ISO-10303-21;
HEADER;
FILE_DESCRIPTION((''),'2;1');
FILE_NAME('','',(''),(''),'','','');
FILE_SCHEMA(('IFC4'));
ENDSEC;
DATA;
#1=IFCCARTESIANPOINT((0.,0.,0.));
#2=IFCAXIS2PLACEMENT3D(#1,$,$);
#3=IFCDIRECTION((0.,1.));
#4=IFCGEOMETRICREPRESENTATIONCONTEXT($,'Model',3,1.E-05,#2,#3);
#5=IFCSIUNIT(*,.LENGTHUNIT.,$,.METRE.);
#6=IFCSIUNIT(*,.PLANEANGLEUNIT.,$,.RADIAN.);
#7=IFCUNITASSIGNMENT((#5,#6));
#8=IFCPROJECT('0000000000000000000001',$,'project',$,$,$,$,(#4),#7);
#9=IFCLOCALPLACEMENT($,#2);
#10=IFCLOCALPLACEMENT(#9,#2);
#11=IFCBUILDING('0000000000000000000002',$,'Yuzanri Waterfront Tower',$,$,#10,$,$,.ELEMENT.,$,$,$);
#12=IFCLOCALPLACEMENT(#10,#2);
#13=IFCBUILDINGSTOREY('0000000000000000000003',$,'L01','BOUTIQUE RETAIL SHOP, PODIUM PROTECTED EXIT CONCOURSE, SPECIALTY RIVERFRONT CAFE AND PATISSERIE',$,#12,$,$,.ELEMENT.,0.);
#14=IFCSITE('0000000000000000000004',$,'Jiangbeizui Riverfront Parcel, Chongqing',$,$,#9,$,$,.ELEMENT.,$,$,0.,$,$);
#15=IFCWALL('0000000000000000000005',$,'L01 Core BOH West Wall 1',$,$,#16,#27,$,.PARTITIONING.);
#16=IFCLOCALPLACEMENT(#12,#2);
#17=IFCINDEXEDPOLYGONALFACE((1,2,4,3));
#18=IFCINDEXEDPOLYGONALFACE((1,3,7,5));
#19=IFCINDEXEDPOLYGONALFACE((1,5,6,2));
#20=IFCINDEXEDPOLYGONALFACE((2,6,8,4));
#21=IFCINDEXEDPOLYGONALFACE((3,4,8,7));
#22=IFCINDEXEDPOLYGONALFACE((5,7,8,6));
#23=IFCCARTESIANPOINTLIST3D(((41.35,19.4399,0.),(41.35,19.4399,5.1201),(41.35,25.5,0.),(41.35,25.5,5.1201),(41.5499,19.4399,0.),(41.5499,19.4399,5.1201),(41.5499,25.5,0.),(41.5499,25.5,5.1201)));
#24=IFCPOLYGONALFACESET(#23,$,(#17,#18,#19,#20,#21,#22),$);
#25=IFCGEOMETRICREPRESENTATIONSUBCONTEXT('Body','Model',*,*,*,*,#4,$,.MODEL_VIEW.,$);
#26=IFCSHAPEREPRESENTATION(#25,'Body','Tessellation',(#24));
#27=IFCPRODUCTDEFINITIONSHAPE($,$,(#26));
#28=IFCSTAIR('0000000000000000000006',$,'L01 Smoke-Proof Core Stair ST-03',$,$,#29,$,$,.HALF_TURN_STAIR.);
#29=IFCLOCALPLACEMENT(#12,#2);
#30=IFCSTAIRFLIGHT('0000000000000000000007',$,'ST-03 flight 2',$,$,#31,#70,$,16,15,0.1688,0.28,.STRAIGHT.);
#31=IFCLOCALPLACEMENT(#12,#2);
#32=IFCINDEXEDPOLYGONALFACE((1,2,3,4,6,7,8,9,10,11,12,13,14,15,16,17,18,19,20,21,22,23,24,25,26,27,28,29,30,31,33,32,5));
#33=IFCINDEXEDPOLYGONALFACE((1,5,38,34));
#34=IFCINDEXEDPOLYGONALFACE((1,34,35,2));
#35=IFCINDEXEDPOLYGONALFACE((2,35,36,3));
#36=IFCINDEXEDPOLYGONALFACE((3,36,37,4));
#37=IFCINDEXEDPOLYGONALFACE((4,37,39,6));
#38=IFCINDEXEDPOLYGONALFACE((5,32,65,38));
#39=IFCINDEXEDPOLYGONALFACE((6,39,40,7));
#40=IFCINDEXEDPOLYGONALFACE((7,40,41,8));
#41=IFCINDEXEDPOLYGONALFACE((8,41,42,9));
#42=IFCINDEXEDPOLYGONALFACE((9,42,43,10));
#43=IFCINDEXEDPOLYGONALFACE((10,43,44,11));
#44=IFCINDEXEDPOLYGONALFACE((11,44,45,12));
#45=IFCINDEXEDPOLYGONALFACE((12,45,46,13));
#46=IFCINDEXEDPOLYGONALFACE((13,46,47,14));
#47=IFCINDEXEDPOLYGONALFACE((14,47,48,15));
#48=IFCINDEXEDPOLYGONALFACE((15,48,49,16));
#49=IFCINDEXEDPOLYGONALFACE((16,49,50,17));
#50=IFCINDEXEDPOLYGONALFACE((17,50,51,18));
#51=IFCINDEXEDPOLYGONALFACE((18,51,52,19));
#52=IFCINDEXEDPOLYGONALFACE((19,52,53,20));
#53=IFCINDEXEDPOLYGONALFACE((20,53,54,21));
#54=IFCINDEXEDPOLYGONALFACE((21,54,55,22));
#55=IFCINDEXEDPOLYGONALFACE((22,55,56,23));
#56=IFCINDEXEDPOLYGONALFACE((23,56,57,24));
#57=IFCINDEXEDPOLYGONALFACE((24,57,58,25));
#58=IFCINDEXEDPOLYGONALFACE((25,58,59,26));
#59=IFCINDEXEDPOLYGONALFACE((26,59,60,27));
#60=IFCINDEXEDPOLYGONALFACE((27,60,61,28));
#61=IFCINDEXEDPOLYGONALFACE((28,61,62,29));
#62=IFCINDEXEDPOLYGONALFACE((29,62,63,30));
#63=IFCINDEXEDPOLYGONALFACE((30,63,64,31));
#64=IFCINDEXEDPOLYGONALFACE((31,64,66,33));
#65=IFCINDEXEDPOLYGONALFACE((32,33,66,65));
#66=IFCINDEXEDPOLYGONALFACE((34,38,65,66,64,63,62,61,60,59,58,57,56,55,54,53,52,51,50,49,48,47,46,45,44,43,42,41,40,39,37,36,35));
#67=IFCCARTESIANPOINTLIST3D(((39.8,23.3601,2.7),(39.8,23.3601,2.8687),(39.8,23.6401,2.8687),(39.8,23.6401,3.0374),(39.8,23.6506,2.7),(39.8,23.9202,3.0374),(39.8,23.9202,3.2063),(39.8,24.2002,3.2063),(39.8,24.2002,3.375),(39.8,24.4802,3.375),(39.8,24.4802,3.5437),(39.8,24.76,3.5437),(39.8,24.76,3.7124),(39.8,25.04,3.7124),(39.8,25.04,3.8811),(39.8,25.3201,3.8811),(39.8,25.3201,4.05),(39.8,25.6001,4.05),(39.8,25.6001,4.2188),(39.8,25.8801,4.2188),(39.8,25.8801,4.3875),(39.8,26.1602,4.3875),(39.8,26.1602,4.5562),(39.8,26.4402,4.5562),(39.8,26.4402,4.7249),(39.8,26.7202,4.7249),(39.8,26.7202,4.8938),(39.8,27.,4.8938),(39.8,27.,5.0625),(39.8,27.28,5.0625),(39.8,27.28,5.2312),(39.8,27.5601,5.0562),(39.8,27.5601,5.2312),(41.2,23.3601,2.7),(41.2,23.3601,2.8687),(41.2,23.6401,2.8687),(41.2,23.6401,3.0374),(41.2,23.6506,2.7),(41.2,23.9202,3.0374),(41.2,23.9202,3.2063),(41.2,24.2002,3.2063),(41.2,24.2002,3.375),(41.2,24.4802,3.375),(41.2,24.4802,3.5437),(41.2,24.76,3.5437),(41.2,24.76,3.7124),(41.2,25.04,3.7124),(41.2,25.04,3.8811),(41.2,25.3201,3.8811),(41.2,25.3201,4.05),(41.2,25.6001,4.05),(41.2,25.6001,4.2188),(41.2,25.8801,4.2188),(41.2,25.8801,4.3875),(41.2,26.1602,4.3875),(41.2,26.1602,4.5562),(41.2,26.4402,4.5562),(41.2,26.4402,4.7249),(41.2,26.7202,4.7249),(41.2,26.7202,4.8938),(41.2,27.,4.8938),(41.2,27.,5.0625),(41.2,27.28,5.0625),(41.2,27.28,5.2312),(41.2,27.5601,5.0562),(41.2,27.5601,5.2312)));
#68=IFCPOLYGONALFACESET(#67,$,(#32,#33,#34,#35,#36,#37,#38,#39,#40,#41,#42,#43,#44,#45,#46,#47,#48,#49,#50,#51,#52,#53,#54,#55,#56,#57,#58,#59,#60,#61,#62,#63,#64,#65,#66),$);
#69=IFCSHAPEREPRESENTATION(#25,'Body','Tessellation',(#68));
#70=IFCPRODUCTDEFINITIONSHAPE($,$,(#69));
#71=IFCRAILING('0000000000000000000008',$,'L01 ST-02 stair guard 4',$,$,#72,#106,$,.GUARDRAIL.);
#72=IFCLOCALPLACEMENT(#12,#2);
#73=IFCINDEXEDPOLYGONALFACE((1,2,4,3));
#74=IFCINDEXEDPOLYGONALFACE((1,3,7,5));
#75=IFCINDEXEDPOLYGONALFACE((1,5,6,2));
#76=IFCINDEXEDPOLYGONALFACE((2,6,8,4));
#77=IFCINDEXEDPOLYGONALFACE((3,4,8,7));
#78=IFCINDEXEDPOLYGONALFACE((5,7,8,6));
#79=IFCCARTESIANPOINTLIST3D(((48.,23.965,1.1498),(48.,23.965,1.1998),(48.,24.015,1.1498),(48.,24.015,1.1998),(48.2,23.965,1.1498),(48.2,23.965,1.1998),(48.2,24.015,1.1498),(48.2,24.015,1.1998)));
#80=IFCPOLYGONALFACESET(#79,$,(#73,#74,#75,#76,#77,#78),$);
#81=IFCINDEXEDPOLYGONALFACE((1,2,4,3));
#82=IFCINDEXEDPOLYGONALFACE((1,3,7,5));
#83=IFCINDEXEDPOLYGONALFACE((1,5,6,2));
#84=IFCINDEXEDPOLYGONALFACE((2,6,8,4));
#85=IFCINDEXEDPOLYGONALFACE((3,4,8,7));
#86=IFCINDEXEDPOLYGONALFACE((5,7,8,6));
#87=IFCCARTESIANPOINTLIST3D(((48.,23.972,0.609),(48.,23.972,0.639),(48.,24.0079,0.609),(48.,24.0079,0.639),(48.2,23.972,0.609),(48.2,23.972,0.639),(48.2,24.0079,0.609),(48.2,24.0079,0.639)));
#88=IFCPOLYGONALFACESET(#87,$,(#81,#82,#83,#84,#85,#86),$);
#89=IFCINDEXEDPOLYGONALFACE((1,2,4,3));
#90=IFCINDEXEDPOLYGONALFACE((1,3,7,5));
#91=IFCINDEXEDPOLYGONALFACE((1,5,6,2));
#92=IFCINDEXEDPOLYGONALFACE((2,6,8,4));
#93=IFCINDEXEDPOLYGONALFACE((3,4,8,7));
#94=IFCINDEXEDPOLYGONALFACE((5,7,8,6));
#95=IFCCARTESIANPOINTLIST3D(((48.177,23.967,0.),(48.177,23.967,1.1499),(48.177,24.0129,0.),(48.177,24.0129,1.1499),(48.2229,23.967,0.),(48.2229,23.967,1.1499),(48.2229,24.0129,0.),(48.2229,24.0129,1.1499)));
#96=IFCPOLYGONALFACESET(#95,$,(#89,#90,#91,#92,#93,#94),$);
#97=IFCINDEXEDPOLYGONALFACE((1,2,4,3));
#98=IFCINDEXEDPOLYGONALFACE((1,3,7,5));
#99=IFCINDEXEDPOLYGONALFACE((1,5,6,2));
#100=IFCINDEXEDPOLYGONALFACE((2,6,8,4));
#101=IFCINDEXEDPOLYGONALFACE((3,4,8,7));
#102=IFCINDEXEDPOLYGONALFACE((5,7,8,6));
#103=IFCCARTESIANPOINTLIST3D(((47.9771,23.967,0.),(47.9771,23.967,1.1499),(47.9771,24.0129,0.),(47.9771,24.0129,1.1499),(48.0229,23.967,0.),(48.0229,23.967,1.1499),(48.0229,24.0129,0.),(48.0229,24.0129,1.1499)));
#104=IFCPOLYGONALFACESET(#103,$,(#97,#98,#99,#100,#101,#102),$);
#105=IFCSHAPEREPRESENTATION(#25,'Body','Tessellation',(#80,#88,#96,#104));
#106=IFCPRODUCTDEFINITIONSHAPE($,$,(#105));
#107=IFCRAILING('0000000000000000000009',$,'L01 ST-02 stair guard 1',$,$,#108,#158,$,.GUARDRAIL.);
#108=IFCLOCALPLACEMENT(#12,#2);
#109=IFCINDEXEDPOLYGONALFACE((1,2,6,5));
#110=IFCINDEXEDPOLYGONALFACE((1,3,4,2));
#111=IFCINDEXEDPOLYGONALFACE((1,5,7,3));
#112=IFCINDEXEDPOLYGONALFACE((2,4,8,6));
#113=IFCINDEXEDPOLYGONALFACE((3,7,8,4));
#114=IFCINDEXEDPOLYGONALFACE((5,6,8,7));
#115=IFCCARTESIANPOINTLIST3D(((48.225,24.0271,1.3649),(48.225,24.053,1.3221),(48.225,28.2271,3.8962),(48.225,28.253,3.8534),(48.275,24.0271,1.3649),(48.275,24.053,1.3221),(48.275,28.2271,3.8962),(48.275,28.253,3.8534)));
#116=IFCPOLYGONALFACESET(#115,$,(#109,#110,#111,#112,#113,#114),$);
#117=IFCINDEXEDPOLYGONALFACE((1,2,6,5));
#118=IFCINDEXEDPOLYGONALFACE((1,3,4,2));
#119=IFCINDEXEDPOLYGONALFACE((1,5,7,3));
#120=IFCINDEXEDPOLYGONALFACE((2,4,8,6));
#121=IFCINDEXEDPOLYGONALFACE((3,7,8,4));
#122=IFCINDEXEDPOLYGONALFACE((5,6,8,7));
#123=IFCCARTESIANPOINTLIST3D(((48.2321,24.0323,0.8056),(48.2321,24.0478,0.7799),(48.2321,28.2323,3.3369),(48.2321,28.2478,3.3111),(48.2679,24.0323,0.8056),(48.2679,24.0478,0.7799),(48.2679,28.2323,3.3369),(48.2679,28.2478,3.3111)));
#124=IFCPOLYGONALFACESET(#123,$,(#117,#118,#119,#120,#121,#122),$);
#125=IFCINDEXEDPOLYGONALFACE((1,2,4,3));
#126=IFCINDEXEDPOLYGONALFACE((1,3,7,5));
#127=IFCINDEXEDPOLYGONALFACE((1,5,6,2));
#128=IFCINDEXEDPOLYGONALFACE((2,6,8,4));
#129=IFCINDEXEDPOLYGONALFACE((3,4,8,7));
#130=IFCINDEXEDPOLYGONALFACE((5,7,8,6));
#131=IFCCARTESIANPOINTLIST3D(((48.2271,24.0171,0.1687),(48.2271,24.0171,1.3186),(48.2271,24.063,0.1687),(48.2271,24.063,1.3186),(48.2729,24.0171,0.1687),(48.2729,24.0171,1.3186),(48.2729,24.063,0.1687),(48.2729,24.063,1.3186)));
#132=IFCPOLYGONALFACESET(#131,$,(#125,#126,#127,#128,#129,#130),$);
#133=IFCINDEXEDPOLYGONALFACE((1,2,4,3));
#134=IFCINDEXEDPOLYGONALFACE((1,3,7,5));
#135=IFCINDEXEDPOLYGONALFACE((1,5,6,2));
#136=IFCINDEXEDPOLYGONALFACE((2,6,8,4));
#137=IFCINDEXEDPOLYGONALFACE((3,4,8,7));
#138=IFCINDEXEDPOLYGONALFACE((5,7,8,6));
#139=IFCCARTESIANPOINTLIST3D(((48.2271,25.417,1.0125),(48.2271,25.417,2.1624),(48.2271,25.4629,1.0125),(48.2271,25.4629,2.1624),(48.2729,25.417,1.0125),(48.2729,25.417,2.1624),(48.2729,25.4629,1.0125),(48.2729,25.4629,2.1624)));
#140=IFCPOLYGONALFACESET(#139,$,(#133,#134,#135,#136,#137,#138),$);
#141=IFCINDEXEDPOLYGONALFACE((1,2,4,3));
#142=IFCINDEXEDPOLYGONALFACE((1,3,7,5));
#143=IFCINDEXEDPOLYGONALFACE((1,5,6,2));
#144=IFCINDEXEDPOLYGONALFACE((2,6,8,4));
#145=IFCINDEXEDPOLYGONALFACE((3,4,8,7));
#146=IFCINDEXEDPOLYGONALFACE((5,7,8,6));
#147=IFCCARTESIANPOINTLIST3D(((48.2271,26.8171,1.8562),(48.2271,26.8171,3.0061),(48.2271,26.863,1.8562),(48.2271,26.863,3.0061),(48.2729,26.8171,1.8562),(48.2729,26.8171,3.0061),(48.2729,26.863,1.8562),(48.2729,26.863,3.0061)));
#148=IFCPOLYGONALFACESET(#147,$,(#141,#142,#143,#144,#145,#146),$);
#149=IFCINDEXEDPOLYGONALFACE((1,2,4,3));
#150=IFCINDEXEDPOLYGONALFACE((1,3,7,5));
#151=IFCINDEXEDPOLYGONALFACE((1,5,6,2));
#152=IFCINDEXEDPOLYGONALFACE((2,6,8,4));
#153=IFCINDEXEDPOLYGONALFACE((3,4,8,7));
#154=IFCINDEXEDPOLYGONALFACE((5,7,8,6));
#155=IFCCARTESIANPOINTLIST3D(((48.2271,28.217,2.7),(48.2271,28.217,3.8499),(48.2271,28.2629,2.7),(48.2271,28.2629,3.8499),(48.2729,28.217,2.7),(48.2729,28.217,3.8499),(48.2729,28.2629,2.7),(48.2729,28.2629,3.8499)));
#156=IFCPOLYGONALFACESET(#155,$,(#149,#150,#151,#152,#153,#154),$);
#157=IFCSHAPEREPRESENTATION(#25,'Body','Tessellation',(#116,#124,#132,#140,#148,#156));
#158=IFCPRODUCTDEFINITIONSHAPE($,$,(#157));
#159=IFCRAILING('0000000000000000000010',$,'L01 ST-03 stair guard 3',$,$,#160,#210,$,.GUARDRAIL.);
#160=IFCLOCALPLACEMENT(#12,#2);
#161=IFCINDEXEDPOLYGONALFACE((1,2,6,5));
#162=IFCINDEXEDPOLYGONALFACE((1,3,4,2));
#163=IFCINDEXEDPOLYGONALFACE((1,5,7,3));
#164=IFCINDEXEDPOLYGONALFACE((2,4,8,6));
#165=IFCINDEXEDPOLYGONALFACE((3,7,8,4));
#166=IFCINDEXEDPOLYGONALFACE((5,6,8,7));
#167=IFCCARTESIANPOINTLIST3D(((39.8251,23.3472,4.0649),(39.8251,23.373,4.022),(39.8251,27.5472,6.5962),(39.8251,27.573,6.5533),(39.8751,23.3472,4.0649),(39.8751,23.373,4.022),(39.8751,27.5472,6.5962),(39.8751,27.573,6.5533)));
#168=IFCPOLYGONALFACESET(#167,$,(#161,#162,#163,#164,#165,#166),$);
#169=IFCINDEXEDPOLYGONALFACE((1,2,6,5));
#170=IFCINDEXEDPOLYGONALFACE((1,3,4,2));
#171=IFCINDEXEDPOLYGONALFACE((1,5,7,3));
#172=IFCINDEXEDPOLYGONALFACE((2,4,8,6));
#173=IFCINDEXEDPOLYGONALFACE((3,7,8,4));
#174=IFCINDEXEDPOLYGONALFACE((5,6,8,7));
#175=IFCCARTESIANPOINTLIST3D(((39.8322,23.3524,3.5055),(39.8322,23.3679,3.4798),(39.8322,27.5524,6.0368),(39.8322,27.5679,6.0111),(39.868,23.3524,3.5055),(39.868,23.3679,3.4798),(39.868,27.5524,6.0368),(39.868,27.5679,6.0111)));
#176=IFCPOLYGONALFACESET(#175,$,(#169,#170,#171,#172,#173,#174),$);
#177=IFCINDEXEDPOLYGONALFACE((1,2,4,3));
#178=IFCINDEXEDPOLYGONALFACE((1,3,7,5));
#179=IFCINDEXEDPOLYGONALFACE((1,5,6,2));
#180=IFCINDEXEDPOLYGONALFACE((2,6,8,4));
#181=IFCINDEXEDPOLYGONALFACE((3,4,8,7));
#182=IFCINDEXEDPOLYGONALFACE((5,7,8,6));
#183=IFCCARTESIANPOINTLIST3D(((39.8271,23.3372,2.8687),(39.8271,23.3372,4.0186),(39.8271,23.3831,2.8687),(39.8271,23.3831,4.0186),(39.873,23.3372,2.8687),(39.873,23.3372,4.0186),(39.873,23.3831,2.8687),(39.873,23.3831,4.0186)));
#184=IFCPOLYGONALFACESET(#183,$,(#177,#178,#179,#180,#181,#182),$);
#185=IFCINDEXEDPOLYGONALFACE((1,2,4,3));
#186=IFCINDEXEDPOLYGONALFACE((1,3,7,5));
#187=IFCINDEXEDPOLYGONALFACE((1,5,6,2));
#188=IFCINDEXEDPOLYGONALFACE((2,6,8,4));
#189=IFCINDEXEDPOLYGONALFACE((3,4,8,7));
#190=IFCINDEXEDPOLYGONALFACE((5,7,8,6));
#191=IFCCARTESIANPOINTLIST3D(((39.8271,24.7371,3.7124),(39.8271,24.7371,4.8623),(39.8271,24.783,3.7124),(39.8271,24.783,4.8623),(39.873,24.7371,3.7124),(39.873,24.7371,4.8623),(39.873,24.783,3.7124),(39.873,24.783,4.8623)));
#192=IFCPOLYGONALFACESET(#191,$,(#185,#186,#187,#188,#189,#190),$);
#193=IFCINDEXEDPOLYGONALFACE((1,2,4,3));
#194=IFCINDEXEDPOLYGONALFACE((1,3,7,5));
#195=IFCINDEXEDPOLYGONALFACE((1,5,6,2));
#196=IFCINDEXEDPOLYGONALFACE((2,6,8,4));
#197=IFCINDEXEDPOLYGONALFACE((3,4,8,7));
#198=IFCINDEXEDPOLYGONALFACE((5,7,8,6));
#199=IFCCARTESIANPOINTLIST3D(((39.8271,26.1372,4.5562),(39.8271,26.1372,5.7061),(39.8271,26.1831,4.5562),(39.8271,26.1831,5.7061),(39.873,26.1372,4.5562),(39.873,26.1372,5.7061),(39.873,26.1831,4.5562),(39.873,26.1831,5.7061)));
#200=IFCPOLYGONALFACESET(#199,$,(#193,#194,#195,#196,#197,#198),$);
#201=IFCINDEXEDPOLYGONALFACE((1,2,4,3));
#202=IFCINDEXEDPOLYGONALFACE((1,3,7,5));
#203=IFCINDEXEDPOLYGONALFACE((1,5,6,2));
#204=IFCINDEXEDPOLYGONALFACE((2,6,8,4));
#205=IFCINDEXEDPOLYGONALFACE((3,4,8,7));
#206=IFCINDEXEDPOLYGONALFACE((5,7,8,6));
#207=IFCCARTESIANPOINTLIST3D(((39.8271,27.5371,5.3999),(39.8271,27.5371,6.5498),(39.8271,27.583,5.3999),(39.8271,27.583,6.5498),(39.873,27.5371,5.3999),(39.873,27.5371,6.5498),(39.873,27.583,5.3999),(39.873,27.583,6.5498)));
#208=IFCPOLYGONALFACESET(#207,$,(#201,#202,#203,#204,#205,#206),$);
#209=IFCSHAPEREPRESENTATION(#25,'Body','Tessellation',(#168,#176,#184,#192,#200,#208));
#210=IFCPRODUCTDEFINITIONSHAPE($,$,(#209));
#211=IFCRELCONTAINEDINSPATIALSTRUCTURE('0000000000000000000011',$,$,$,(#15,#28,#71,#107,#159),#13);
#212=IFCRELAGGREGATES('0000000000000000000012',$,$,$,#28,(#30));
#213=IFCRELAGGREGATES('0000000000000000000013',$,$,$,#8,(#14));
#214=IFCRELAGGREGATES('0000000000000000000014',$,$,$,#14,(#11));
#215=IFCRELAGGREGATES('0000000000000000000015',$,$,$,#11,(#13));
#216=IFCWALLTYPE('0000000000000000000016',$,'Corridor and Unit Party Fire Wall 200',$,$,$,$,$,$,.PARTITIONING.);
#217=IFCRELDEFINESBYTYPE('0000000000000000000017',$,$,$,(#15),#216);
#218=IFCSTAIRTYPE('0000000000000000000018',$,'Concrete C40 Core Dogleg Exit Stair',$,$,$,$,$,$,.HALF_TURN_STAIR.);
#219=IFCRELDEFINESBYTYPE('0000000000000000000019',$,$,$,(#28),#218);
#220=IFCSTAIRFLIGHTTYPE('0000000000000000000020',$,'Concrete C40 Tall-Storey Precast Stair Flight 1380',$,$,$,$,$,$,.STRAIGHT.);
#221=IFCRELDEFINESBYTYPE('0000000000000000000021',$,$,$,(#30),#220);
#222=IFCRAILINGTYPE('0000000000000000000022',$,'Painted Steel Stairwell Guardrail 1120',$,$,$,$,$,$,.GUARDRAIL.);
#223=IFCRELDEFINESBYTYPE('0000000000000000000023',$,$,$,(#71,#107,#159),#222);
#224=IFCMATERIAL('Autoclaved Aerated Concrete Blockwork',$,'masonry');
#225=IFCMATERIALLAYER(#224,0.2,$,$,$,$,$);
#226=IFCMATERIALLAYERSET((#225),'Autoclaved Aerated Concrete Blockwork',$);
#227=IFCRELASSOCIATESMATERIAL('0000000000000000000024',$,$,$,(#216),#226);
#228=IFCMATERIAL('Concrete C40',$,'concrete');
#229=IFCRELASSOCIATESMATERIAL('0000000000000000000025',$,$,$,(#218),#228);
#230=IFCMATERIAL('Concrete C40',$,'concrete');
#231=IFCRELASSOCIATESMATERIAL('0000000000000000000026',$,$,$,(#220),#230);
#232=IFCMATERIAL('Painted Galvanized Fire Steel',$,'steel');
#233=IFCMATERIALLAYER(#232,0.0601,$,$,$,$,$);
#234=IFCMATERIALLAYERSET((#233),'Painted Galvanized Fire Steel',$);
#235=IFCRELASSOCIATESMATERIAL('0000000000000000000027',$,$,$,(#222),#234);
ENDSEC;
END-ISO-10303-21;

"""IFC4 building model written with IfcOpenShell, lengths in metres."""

from ifc_helpers import new_model, si_unit, direction, frame, frame_2d, origin, origin_2d, place, context, subcontext, project, spatial, polyline, rectangle, outline, extrude, source, transform, mapped, material, layer, layer_set, type_object, element, aggregate, save


model = new_model("IFC4")

# Units and contexts
model_context = context("Model", 3, precision=1e-05, world=origin(), true_north=direction((0.0, 1.0)))
body_context = subcontext(model_context, "Body", "Model", "MODEL_VIEW")
ifc_project = project(units=[si_unit("LENGTHUNIT", "METRE"), si_unit("PLANEANGLEUNIT", "RADIAN")], contexts=[model_context])

# Site, building, storey
site_placement = place(None, origin())
site = spatial("IfcSite", under=ifc_project, at=site_placement, Name="Jiangbeizui Riverfront Parcel, Chongqing", CompositionType="ELEMENT", RefElevation=0.0)
building_placement = place(site_placement, origin())
building = spatial("IfcBuilding", under=site, at=building_placement, Name="Yuzanri Waterfront Tower", CompositionType="ELEMENT")
storey_placement = place(building_placement, origin())
storey = spatial("IfcBuildingStorey", under=building, at=storey_placement, Name="L01", Description="BOUTIQUE RETAIL SHOP, PODIUM PROTECTED EXIT CONCOURSE, SPECIALTY RIVERFRONT CAFE AND PATISSERIE", CompositionType="ELEMENT", Elevation=0.0)

# Wall
ifc_material_1 = material(Name="Autoclaved Aerated Concrete Blockwork", Category="masonry")
ifc_layer_1 = layer(ifc_material_1, 0.2)
ifc_layer_set_1 = layer_set([ifc_layer_1], Name="Autoclaved Aerated Concrete Blockwork")
wall_type_1 = type_object("IfcWallType", Name="Corridor and Unit Party Fire Wall 200", PredefinedType="PARTITIONING", material=ifc_layer_set_1)
shared_shape_1 = source(origin(), body_context, "Body", "SweptSolid", [
    extrude(rectangle(XDim=6.0601, YDim=0.2, at=frame_2d((3.03, 0.0))), origin(), (0.0, 0.0, 1.0), 5.1201),
])
wall_1_placement = place(storey_placement, frame((41.45, 19.4399, 0.0), z_axis=(0.0, 0.0, 1.0), x_axis=(0.0, 1.0, 0.0)))
element("IfcWall", 1, at=wall_1_placement, inside=storey, type_object=wall_type_1, Name="L01 Core BOH West Wall 1", PredefinedType="PARTITIONING", context=body_context, shape_type="MappedRepresentation", body=[
    mapped(shared_shape_1, transform((0.0, 0.0, 0.0), scale=1.0)),
])

# Stair, stair flight
ifc_material_2 = material(Name="Concrete C40", Category="concrete")
stair_type = type_object("IfcStairType", Name="Concrete C40 Core Dogleg Exit Stair", PredefinedType="HALF_TURN_STAIR", material=ifc_material_2)
stair_placement = place(storey_placement, origin())
stair = element("IfcStair", 2, at=stair_placement, inside=storey, type_object=stair_type, Name="L01 Smoke-Proof Core Stair ST-03", PredefinedType="HALF_TURN_STAIR")
ifc_material_3 = material(Name="Concrete C40", Category="concrete")
stair_flight_type = type_object("IfcStairFlightType", Name="Concrete C40 Tall-Storey Precast Stair Flight 1380", PredefinedType="STRAIGHT", material=ifc_material_3)
shared_shape_2 = source(origin(), body_context, "Body", "SweptSolid", [
    extrude(outline(polyline([(0.0, 0.0), (0.0, 0.1687), (0.28, 0.1687), (0.28, 0.3374), (0.5601, 0.3374), (0.5601, 0.5063), (0.8401, 0.5063), (0.8401, 0.675), (1.1201, 0.675), (1.1201, 0.8438), (1.3999, 0.8438), (1.3999, 1.0125), (1.6799, 1.0125), (1.6799, 1.1812), (1.96, 1.1812), (1.96, 1.3501), (2.24, 1.3501), (2.24, 1.5188), (2.52, 1.5188), (2.52, 1.6875), (2.8, 1.6875), (2.8, 1.8562), (3.0801, 1.8562), (3.0801, 2.0249), (3.3601, 2.0249), (3.3601, 2.1938), (3.6399, 2.1938), (3.6399, 2.3625), (3.9199, 2.3625), (3.9199, 2.5312), (4.2, 2.5312), (4.2, 2.7), (4.2, 2.3562), (0.2905, 0.0), (0.0, 0.0)])), frame((0.0, 0.7, 0.0), z_axis=(0.0, -1.0, 0.0), x_axis=(1.0, 0.0, 0.0)), (0.0, 0.0, 1.0), 1.3999),
])
stair_flight_placement = place(storey_placement, frame((40.5, 23.3601, 2.7), z_axis=(0.0, 0.0, 1.0), x_axis=(0.0, 1.0, 0.0)))
stair_flight = element("IfcStairFlight", 3, at=stair_flight_placement, type_object=stair_flight_type, Name="ST-03 flight 2", NumberOfRisers=16, NumberOfTreads=15, PredefinedType="STRAIGHT", RiserHeight=0.1688, TreadLength=0.28, context=body_context, shape_type="MappedRepresentation", body=[
    mapped(shared_shape_2, transform((0.0, 0.0, 0.0), scale=1.0)),
])
aggregate(stair, [stair_flight])

# Railings
ifc_material_4 = material(Name="Painted Galvanized Fire Steel", Category="steel")
ifc_layer_2 = layer(ifc_material_4, 0.0601)
ifc_layer_set_2 = layer_set([ifc_layer_2], Name="Painted Galvanized Fire Steel")
railing_type_1 = type_object("IfcRailingType", Name="Painted Steel Stairwell Guardrail 1120", PredefinedType="GUARDRAIL", material=ifc_layer_set_2)
shared_shape_3 = source(origin(), body_context, "Body", "SweptSolid", [
    extrude(rectangle(XDim=0.05, YDim=0.05, at=origin_2d()), frame((0.0, 0.0, 1.1748), z_axis=(-1.0, 0.0, 0.0), x_axis=(0.0, -1.0, 0.0)), (0.0, 0.0, 1.0), 0.2),
    extrude(rectangle(XDim=0.0359, YDim=0.03, at=origin_2d()), frame((0.0, 0.0, 0.624), z_axis=(-1.0, 0.0, 0.0), x_axis=(0.0, -1.0, 0.0)), (0.0, 0.0, 1.0), 0.2),
    extrude(rectangle(XDim=0.0459, YDim=0.0459, at=origin_2d()), origin(), (0.0, 0.0, 1.0), 1.1499),
    extrude(rectangle(XDim=0.0459, YDim=0.0459, at=origin_2d()), frame((-0.2, 0.0, 0.0)), (0.0, 0.0, 1.0), 1.1499),
])
railing_1_placement = place(storey_placement, frame((48.2, 23.99, 0.0)))
element("IfcRailing", 4, at=railing_1_placement, inside=storey, type_object=railing_type_1, Name="L01 ST-02 stair guard 4", PredefinedType="GUARDRAIL", context=body_context, shape_type="MappedRepresentation", body=[
    mapped(shared_shape_3, transform((0.0, 0.0, 0.0), scale=1.0)),
])
shared_shape_4 = source(origin(), body_context, "Body", "SweptSolid", [
    extrude(rectangle(XDim=0.05, YDim=0.05, at=origin_2d()), frame((0.0, 0.0, 1.1748), z_axis=(0.0, 0.856476, 0.516186), x_axis=(-1.0, 0.0, 0.0)), (0.0, 0.0, 1.0), 4.9038),
    extrude(rectangle(XDim=0.0359, YDim=0.03, at=origin_2d()), frame((0.0, 0.0, 0.624), z_axis=(0.0, 0.856476, 0.516186), x_axis=(-1.0, 0.0, 0.0)), (0.0, 0.0, 1.0), 4.9038),
    extrude(rectangle(XDim=0.0459, YDim=0.0459, at=origin_2d()), origin(), (0.0, 0.0, 1.0), 1.1499),
    extrude(rectangle(XDim=0.0459, YDim=0.0459, at=origin_2d()), frame((0.0, 1.3999, 0.8438)), (0.0, 0.0, 1.0), 1.1499),
    extrude(rectangle(XDim=0.0459, YDim=0.0459, at=origin_2d()), frame((0.0, 2.8, 1.6875)), (0.0, 0.0, 1.0), 1.1499),
    extrude(rectangle(XDim=0.0459, YDim=0.0459, at=origin_2d()), frame((0.0, 4.2, 2.5312)), (0.0, 0.0, 1.0), 1.1499),
])
for number, where, name in (
    (5, (48.25, 24.04, 0.1687), "L01 ST-02 stair guard 1"),
    (6, (39.8501, 23.3601, 2.8687), "L01 ST-03 stair guard 3"),
):
    element("IfcRailing", number, at=place(storey_placement, frame(where)), inside=storey, type_object=railing_type_1, Name=name, PredefinedType="GUARDRAIL", context=body_context, shape_type="MappedRepresentation", body=[
        mapped(shared_shape_4, transform((0.0, 0.0, 0.0), scale=1.0)),
    ])

save(model, "model.ifc")
